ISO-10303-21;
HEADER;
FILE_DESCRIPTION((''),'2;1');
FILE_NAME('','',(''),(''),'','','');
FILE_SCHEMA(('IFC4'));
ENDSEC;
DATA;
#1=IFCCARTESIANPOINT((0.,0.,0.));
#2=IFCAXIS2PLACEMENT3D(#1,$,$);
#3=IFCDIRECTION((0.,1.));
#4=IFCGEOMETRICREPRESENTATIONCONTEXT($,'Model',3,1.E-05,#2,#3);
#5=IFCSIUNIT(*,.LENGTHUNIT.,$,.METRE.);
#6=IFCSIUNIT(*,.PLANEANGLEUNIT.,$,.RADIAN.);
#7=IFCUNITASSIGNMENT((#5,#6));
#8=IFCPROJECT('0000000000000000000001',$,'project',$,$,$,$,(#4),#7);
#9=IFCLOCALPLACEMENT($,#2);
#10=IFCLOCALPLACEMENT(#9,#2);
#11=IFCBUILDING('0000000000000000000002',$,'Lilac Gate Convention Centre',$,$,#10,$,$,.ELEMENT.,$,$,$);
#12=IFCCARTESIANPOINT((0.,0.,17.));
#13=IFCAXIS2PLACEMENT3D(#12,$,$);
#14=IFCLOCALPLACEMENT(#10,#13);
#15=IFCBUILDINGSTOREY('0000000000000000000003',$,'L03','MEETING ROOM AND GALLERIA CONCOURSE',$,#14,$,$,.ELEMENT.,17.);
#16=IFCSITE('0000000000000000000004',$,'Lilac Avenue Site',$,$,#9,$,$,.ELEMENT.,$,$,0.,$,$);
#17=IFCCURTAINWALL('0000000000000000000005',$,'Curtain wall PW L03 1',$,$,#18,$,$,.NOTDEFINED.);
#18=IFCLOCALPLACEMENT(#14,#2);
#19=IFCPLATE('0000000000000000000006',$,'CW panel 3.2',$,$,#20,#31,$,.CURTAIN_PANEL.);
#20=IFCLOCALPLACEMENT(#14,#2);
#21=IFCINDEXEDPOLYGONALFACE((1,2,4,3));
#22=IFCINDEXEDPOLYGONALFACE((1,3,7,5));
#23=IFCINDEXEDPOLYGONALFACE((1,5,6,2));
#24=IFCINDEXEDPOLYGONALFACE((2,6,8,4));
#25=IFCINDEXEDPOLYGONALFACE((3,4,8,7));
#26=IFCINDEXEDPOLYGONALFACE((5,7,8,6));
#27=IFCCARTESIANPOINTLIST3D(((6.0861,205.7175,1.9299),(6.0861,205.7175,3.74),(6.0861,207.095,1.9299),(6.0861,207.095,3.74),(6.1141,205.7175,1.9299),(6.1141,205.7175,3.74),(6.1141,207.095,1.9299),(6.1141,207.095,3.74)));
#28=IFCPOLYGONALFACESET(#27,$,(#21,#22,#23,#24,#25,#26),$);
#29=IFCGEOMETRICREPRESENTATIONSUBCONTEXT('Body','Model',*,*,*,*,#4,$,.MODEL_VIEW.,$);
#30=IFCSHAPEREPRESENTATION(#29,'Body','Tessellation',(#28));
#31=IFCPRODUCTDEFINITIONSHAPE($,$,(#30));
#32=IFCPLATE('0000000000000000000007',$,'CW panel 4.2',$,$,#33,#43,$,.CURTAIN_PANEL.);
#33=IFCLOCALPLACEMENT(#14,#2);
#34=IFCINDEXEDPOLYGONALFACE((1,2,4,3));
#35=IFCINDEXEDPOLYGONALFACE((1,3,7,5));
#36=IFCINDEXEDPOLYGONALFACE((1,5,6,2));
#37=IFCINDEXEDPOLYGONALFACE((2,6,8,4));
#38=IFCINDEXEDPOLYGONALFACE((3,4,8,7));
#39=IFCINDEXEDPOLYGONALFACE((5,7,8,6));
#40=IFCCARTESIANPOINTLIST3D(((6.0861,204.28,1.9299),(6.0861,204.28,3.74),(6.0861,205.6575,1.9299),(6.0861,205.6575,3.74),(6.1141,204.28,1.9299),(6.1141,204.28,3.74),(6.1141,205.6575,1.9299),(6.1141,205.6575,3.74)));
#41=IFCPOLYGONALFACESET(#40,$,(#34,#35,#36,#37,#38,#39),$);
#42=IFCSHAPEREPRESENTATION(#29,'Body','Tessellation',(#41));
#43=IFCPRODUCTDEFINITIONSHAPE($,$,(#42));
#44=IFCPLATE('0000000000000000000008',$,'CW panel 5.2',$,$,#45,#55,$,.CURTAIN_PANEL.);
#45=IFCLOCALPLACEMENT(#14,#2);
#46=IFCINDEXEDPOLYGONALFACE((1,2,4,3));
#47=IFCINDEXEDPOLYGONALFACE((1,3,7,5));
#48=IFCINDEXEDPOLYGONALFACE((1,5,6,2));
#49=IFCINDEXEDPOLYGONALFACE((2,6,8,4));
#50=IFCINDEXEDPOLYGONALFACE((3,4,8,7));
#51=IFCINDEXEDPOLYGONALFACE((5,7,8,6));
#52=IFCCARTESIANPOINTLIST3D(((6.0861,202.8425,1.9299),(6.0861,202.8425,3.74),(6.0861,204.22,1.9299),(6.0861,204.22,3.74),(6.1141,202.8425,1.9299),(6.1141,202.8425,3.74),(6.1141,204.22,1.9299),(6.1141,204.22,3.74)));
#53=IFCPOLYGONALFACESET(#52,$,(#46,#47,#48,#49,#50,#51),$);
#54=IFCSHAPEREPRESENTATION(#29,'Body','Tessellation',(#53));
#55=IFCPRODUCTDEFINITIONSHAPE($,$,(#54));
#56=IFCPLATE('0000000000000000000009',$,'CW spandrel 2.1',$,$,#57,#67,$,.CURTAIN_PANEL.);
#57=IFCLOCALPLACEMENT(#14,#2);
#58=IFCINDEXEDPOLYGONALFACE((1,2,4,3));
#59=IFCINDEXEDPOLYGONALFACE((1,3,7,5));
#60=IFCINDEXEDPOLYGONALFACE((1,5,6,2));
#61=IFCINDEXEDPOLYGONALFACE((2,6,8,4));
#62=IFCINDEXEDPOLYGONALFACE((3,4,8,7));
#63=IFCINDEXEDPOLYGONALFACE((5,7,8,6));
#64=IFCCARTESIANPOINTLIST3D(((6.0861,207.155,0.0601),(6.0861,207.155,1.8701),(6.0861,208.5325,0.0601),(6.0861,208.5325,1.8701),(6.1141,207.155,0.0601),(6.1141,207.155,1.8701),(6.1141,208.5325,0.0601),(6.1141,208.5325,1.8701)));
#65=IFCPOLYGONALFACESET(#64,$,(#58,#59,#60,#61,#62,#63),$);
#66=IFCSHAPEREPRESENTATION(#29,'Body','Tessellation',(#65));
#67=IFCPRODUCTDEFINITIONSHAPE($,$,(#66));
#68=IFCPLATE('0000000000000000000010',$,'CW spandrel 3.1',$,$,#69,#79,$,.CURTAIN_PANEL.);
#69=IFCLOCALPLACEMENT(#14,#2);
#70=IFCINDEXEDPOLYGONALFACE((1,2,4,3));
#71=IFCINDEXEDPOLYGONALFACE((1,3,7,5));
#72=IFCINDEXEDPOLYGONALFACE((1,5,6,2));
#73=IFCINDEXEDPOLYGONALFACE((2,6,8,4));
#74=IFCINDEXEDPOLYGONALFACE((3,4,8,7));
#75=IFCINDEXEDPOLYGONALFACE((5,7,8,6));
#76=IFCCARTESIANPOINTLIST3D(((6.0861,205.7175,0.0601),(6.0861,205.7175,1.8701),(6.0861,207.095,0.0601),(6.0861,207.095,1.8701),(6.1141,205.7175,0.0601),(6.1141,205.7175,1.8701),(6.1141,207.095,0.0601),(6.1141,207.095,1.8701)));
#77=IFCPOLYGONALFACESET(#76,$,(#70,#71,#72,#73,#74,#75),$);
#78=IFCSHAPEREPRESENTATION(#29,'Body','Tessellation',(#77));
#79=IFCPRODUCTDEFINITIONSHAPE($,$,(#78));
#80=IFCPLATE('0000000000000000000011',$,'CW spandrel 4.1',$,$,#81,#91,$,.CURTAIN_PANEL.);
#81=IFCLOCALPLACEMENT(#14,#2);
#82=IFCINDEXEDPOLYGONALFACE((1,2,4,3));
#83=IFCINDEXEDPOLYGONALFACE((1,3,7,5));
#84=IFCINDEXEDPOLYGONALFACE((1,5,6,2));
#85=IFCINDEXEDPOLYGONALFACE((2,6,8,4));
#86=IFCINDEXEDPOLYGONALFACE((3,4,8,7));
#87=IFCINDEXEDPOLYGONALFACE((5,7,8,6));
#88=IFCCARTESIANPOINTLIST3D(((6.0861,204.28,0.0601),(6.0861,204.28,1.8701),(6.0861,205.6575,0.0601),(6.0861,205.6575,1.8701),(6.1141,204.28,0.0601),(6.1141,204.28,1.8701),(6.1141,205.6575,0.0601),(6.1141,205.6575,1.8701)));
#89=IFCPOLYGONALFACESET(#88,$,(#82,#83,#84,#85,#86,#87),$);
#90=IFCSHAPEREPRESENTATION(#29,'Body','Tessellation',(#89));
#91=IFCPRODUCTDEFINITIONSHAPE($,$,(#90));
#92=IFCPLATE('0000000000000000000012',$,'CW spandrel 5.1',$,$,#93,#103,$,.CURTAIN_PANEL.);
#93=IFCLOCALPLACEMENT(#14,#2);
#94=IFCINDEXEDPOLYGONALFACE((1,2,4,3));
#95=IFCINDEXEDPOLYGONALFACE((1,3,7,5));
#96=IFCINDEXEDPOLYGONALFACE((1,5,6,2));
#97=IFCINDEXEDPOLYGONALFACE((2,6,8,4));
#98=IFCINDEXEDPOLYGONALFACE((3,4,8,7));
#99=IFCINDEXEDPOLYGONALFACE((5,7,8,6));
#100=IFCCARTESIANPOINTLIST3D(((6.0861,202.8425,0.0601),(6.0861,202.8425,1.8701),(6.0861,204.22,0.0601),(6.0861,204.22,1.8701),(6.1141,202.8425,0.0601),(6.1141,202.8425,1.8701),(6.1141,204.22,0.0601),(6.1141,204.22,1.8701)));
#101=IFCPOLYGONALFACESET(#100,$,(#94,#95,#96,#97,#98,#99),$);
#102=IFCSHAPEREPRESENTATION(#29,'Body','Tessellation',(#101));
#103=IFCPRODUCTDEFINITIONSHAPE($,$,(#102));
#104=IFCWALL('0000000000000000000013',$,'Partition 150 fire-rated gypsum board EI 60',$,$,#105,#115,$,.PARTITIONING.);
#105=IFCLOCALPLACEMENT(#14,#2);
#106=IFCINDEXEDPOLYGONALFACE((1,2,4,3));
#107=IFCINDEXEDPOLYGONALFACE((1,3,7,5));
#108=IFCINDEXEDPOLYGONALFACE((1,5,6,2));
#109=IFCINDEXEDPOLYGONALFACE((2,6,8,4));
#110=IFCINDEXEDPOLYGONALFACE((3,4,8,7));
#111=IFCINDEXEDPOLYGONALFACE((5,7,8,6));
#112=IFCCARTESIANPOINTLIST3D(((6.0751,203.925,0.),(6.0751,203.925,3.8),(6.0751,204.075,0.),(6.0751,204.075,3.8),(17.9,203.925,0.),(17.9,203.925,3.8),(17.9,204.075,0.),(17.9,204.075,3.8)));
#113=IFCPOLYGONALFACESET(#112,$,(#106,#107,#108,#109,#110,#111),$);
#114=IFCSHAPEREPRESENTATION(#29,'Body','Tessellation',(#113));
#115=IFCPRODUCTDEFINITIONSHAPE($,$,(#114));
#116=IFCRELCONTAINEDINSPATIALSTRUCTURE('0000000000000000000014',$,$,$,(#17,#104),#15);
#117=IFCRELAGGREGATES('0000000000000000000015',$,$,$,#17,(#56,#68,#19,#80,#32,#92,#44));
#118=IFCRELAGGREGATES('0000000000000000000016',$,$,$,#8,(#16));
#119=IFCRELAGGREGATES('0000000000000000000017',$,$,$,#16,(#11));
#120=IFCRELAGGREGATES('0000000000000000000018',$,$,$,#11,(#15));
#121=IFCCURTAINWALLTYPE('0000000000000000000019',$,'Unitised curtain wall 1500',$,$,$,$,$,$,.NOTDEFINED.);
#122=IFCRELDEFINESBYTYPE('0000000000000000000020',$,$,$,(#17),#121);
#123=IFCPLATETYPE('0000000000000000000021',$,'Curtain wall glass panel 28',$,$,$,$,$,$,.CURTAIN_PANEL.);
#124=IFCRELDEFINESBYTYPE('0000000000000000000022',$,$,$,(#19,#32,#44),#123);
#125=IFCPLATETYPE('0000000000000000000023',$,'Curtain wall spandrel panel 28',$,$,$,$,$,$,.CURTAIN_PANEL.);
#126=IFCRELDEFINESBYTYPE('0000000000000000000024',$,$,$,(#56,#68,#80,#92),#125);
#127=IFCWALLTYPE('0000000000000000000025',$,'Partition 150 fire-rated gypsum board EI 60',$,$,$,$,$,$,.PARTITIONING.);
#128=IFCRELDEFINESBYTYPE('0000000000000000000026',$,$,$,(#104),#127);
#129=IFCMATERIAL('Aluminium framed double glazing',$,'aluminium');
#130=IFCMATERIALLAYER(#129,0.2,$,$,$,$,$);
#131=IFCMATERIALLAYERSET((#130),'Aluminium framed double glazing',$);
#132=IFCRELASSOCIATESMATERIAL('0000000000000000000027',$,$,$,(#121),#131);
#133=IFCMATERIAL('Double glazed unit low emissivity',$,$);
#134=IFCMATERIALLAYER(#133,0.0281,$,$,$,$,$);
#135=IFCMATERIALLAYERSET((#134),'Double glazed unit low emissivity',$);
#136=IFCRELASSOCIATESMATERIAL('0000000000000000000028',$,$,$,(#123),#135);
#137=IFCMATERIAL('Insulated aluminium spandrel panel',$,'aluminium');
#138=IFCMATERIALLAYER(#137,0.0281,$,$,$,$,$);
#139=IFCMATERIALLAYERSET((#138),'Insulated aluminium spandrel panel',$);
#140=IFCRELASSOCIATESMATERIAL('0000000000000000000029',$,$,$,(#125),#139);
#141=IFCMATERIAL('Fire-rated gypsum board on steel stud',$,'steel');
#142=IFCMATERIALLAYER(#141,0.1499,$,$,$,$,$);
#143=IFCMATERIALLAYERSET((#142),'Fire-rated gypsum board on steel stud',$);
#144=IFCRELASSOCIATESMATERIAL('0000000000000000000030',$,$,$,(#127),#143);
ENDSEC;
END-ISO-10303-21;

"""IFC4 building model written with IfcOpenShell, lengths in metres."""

from ifc_helpers import new_model, si_unit, direction, frame, frame_2d, origin, origin_2d, place, context, subcontext, project, spatial, rectangle, extrude, material, layer, layer_set, type_object, element, aggregate, save


model = new_model("IFC4")

# Units and contexts
model_context = context("Model", 3, precision=1e-05, world=origin(), true_north=direction((0.0, 1.0)))
body_context = subcontext(model_context, "Body", "Model", "MODEL_VIEW")
ifc_project = project(units=[si_unit("LENGTHUNIT", "METRE"), si_unit("PLANEANGLEUNIT", "RADIAN")], contexts=[model_context])

# Site, building, storey
site_placement = place(None, origin())
site = spatial("IfcSite", under=ifc_project, at=site_placement, Name="Lilac Avenue Site", CompositionType="ELEMENT", RefElevation=0.0)
building_placement = place(site_placement, origin())
building = spatial("IfcBuilding", under=site, at=building_placement, Name="Lilac Gate Convention Centre", CompositionType="ELEMENT")
storey_placement = place(building_placement, frame((0.0, 0.0, 17.0)))
storey = spatial("IfcBuildingStorey", under=building, at=storey_placement, Name="L03", Description="MEETING ROOM AND GALLERIA CONCOURSE", CompositionType="ELEMENT", Elevation=17.0)

# Curtain wall
ifc_material_1 = material(Name="Aluminium framed double glazing", Category="aluminium")
ifc_layer_1 = layer(ifc_material_1, 0.2)
ifc_layer_set_1 = layer_set([ifc_layer_1], Name="Aluminium framed double glazing")
curtain_wall_type = type_object("IfcCurtainWallType", Name="Unitised curtain wall 1500", PredefinedType="NOTDEFINED", material=ifc_layer_set_1)
curtain_wall_placement = place(storey_placement, origin())
curtain_wall = element("IfcCurtainWall", 1, at=curtain_wall_placement, inside=storey, type_object=curtain_wall_type, Name="Curtain wall PW L03 1", PredefinedType="NOTDEFINED")

# Plates
ifc_material_2 = material(Name="Double glazed unit low emissivity")
ifc_layer_2 = layer(ifc_material_2, 0.0281)
ifc_layer_set_2 = layer_set([ifc_layer_2], Name="Double glazed unit low emissivity")
plate_type_1 = type_object("IfcPlateType", Name="Curtain wall glass panel 28", PredefinedType="CURTAIN_PANEL", material=ifc_layer_set_2)
plate_1_placement = place(storey_placement, frame((6.1001, 206.4062, 1.9299), z_axis=(0.0, 0.0, 1.0), x_axis=(0.0, -1.0, 0.0)))
plate_1 = element("IfcPlate", 2, at=plate_1_placement, type_object=plate_type_1, Name="CW panel 3.2", PredefinedType="CURTAIN_PANEL", context=body_context, shape_type="SweptSolid", body=[
    extrude(rectangle(XDim=1.3774, YDim=0.0281, at=origin_2d()), origin(), (0.0, 0.0, 1.0), 1.8101),
])
plate_2_placement = place(storey_placement, frame((6.1001, 204.9688, 1.9299), z_axis=(0.0, 0.0, 1.0), x_axis=(0.0, -1.0, 0.0)))
plate_2 = element("IfcPlate", 3, at=plate_2_placement, type_object=plate_type_1, Name="CW panel 4.2", PredefinedType="CURTAIN_PANEL", context=body_context, shape_type="SweptSolid", body=[
    extrude(rectangle(XDim=1.3774, YDim=0.0281, at=origin_2d()), origin(), (0.0, 0.0, 1.0), 1.8101),
])
plate_3_placement = place(storey_placement, frame((6.1001, 203.5312, 1.9299), z_axis=(0.0, 0.0, 1.0), x_axis=(0.0, -1.0, 0.0)))
plate_3 = element("IfcPlate", 4, at=plate_3_placement, type_object=plate_type_1, Name="CW panel 5.2", PredefinedType="CURTAIN_PANEL", context=body_context, shape_type="SweptSolid", body=[
    extrude(rectangle(XDim=1.3774, YDim=0.0281, at=origin_2d()), origin(), (0.0, 0.0, 1.0), 1.8101),
])
ifc_material_3 = material(Name="Insulated aluminium spandrel panel", Category="aluminium")
ifc_layer_3 = layer(ifc_material_3, 0.0281)
ifc_layer_set_3 = layer_set([ifc_layer_3], Name="Insulated aluminium spandrel panel")
plate_type_2 = type_object("IfcPlateType", Name="Curtain wall spandrel panel 28", PredefinedType="CURTAIN_PANEL", material=ifc_layer_set_3)
plate_4_placement = place(storey_placement, frame((6.1001, 207.8438, 0.0601), z_axis=(0.0, 0.0, 1.0), x_axis=(0.0, -1.0, 0.0)))
plate_4 = element("IfcPlate", 5, at=plate_4_placement, type_object=plate_type_2, Name="CW spandrel 2.1", PredefinedType="CURTAIN_PANEL", context=body_context, shape_type="SweptSolid", body=[
    extrude(rectangle(XDim=1.3774, YDim=0.0281, at=origin_2d()), origin(), (0.0, 0.0, 1.0), 1.8101),
])
plate_5_placement = place(storey_placement, frame((6.1001, 206.4062, 0.0601), z_axis=(0.0, 0.0, 1.0), x_axis=(0.0, -1.0, 0.0)))
plate_5 = element("IfcPlate", 6, at=plate_5_placement, type_object=plate_type_2, Name="CW spandrel 3.1", PredefinedType="CURTAIN_PANEL", context=body_context, shape_type="SweptSolid", body=[
    extrude(rectangle(XDim=1.3774, YDim=0.0281, at=origin_2d()), origin(), (0.0, 0.0, 1.0), 1.8101),
])
plate_6_placement = place(storey_placement, frame((6.1001, 204.9688, 0.0601), z_axis=(0.0, 0.0, 1.0), x_axis=(0.0, -1.0, 0.0)))
plate_6 = element("IfcPlate", 7, at=plate_6_placement, type_object=plate_type_2, Name="CW spandrel 4.1", PredefinedType="CURTAIN_PANEL", context=body_context, shape_type="SweptSolid", body=[
    extrude(rectangle(XDim=1.3774, YDim=0.0281, at=origin_2d()), origin(), (0.0, 0.0, 1.0), 1.8101),
])
plate_7_placement = place(storey_placement, frame((6.1001, 203.5312, 0.0601), z_axis=(0.0, 0.0, 1.0), x_axis=(0.0, -1.0, 0.0)))
plate_7 = element("IfcPlate", 8, at=plate_7_placement, type_object=plate_type_2, Name="CW spandrel 5.1", PredefinedType="CURTAIN_PANEL", context=body_context, shape_type="SweptSolid", body=[
    extrude(rectangle(XDim=1.3774, YDim=0.0281, at=origin_2d()), origin(), (0.0, 0.0, 1.0), 1.8101),
])
aggregate(curtain_wall, [plate_4, plate_5, plate_1, plate_6, plate_2, plate_7, plate_3])

# Wall
ifc_material_4 = material(Name="Fire-rated gypsum board on steel stud", Category="steel")
ifc_layer_4 = layer(ifc_material_4, 0.1499)
ifc_layer_set_4 = layer_set([ifc_layer_4], Name="Fire-rated gypsum board on steel stud")
wall_type = type_object("IfcWallType", Name="Partition 150 fire-rated gypsum board EI 60", PredefinedType="PARTITIONING", material=ifc_layer_set_4)
wall_placement = place(storey_placement, frame((6.075, 204.0, 0.0), z_axis=(0.0, 0.0, 1.0), x_axis=(1.0, 0.0, 0.0)))
element("IfcWall", 9, at=wall_placement, inside=storey, type_object=wall_type, Name="Partition 150 fire-rated gypsum board EI 60", PredefinedType="PARTITIONING", context=body_context, shape_type="SweptSolid", body=[
    extrude(rectangle(XDim=11.825, YDim=0.1499, at=frame_2d((5.9126, 0.0))), origin(), (0.0, 0.0, 1.0), 3.8),
])

save(model, "model.ifc")
